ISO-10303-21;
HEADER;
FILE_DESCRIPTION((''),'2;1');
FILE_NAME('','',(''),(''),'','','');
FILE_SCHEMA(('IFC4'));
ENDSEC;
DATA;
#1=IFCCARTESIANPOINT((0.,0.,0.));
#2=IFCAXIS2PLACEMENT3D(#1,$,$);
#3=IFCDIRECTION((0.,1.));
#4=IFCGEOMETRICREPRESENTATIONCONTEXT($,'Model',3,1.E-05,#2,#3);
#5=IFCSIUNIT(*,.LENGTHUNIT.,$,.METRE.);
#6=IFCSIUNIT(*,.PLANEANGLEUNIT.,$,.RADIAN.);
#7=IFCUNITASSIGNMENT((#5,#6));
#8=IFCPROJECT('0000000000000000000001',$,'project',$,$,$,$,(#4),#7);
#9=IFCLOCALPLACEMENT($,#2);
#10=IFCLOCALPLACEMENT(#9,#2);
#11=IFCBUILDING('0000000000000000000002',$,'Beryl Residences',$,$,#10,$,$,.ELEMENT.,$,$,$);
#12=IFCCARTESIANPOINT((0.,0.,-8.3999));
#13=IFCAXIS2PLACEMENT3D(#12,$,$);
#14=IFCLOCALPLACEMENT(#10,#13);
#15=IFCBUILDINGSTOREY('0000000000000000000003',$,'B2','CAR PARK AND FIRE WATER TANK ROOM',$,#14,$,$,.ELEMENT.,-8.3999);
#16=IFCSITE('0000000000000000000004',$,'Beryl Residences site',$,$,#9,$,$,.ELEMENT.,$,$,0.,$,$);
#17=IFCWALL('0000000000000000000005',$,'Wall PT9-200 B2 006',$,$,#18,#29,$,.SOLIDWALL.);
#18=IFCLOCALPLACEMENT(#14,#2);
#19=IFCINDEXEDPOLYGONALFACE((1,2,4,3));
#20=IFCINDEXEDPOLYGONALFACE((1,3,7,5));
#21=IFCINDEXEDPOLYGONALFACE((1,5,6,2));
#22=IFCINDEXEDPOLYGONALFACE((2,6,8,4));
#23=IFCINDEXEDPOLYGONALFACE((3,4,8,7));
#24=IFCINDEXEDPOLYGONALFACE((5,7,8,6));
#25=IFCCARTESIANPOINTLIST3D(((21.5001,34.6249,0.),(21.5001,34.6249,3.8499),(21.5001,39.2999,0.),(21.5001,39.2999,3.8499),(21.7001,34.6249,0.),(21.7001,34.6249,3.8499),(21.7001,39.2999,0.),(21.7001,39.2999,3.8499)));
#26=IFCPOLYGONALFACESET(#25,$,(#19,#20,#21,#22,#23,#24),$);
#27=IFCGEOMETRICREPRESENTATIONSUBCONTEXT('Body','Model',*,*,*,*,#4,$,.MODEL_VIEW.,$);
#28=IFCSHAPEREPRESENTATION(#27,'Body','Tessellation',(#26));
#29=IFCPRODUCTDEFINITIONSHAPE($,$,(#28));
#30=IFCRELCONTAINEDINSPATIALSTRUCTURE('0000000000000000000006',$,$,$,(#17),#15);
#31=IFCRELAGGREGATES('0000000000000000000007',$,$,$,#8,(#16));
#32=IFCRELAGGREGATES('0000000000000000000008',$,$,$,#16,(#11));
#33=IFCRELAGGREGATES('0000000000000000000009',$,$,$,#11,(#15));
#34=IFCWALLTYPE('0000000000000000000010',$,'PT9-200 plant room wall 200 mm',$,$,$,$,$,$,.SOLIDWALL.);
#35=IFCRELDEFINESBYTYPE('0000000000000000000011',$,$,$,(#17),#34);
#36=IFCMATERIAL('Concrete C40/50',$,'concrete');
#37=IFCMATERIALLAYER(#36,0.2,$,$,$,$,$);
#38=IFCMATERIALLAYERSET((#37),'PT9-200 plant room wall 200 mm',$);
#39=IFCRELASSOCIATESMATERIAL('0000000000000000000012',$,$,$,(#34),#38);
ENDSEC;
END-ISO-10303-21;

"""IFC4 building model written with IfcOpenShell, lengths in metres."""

from ifc_helpers import new_model, si_unit, direction, frame, frame_2d, origin, place, context, subcontext, project, spatial, rectangle, extrude, material, layer, layer_set, type_object, element, save


model = new_model("IFC4")

# Units and contexts
model_context = context("Model", 3, precision=1e-05, world=origin(), true_north=direction((0.0, 1.0)))
body_context = subcontext(model_context, "Body", "Model", "MODEL_VIEW")
ifc_project = project(units=[si_unit("LENGTHUNIT", "METRE"), si_unit("PLANEANGLEUNIT", "RADIAN")], contexts=[model_context])

# Site, building, storey
site_placement = place(None, origin())
site = spatial("IfcSite", under=ifc_project, at=site_placement, Name="Beryl Residences site", CompositionType="ELEMENT", RefElevation=0.0)
building_placement = place(site_placement, origin())
building = spatial("IfcBuilding", under=site, at=building_placement, Name="Beryl Residences", CompositionType="ELEMENT")
storey_placement = place(building_placement, frame((0.0, 0.0, -8.3999)))
storey = spatial("IfcBuildingStorey", under=building, at=storey_placement, Name="B2", Description="CAR PARK AND FIRE WATER TANK ROOM", CompositionType="ELEMENT", Elevation=-8.3999)

# Wall
ifc_material_1 = material(Name="Concrete C40/50", Category="concrete")
ifc_layer_1 = layer(ifc_material_1, 0.2)
ifc_layer_set_1 = layer_set([ifc_layer_1], Name="PT9-200 plant room wall 200 mm")
wall_type_1 = type_object("IfcWallType", Name="PT9-200 plant room wall 200 mm", PredefinedType="SOLIDWALL", material=ifc_layer_set_1)
wall_1_placement = place(storey_placement, frame((21.6001, 34.625, 0.0), z_axis=(0.0, 0.0, 1.0), x_axis=(0.0, 1.0, 0.0)))
element("IfcWall", 1, at=wall_1_placement, inside=storey, type_object=wall_type_1, Name="Wall PT9-200 B2 006", PredefinedType="SOLIDWALL", context=body_context, shape_type="SweptSolid", body=[
    extrude(rectangle(XDim=4.675, YDim=0.2, at=frame_2d((2.3374, 0.0))), origin(), (0.0, 0.0, 1.0), 3.8499),
])

save(model, "model.ifc")
